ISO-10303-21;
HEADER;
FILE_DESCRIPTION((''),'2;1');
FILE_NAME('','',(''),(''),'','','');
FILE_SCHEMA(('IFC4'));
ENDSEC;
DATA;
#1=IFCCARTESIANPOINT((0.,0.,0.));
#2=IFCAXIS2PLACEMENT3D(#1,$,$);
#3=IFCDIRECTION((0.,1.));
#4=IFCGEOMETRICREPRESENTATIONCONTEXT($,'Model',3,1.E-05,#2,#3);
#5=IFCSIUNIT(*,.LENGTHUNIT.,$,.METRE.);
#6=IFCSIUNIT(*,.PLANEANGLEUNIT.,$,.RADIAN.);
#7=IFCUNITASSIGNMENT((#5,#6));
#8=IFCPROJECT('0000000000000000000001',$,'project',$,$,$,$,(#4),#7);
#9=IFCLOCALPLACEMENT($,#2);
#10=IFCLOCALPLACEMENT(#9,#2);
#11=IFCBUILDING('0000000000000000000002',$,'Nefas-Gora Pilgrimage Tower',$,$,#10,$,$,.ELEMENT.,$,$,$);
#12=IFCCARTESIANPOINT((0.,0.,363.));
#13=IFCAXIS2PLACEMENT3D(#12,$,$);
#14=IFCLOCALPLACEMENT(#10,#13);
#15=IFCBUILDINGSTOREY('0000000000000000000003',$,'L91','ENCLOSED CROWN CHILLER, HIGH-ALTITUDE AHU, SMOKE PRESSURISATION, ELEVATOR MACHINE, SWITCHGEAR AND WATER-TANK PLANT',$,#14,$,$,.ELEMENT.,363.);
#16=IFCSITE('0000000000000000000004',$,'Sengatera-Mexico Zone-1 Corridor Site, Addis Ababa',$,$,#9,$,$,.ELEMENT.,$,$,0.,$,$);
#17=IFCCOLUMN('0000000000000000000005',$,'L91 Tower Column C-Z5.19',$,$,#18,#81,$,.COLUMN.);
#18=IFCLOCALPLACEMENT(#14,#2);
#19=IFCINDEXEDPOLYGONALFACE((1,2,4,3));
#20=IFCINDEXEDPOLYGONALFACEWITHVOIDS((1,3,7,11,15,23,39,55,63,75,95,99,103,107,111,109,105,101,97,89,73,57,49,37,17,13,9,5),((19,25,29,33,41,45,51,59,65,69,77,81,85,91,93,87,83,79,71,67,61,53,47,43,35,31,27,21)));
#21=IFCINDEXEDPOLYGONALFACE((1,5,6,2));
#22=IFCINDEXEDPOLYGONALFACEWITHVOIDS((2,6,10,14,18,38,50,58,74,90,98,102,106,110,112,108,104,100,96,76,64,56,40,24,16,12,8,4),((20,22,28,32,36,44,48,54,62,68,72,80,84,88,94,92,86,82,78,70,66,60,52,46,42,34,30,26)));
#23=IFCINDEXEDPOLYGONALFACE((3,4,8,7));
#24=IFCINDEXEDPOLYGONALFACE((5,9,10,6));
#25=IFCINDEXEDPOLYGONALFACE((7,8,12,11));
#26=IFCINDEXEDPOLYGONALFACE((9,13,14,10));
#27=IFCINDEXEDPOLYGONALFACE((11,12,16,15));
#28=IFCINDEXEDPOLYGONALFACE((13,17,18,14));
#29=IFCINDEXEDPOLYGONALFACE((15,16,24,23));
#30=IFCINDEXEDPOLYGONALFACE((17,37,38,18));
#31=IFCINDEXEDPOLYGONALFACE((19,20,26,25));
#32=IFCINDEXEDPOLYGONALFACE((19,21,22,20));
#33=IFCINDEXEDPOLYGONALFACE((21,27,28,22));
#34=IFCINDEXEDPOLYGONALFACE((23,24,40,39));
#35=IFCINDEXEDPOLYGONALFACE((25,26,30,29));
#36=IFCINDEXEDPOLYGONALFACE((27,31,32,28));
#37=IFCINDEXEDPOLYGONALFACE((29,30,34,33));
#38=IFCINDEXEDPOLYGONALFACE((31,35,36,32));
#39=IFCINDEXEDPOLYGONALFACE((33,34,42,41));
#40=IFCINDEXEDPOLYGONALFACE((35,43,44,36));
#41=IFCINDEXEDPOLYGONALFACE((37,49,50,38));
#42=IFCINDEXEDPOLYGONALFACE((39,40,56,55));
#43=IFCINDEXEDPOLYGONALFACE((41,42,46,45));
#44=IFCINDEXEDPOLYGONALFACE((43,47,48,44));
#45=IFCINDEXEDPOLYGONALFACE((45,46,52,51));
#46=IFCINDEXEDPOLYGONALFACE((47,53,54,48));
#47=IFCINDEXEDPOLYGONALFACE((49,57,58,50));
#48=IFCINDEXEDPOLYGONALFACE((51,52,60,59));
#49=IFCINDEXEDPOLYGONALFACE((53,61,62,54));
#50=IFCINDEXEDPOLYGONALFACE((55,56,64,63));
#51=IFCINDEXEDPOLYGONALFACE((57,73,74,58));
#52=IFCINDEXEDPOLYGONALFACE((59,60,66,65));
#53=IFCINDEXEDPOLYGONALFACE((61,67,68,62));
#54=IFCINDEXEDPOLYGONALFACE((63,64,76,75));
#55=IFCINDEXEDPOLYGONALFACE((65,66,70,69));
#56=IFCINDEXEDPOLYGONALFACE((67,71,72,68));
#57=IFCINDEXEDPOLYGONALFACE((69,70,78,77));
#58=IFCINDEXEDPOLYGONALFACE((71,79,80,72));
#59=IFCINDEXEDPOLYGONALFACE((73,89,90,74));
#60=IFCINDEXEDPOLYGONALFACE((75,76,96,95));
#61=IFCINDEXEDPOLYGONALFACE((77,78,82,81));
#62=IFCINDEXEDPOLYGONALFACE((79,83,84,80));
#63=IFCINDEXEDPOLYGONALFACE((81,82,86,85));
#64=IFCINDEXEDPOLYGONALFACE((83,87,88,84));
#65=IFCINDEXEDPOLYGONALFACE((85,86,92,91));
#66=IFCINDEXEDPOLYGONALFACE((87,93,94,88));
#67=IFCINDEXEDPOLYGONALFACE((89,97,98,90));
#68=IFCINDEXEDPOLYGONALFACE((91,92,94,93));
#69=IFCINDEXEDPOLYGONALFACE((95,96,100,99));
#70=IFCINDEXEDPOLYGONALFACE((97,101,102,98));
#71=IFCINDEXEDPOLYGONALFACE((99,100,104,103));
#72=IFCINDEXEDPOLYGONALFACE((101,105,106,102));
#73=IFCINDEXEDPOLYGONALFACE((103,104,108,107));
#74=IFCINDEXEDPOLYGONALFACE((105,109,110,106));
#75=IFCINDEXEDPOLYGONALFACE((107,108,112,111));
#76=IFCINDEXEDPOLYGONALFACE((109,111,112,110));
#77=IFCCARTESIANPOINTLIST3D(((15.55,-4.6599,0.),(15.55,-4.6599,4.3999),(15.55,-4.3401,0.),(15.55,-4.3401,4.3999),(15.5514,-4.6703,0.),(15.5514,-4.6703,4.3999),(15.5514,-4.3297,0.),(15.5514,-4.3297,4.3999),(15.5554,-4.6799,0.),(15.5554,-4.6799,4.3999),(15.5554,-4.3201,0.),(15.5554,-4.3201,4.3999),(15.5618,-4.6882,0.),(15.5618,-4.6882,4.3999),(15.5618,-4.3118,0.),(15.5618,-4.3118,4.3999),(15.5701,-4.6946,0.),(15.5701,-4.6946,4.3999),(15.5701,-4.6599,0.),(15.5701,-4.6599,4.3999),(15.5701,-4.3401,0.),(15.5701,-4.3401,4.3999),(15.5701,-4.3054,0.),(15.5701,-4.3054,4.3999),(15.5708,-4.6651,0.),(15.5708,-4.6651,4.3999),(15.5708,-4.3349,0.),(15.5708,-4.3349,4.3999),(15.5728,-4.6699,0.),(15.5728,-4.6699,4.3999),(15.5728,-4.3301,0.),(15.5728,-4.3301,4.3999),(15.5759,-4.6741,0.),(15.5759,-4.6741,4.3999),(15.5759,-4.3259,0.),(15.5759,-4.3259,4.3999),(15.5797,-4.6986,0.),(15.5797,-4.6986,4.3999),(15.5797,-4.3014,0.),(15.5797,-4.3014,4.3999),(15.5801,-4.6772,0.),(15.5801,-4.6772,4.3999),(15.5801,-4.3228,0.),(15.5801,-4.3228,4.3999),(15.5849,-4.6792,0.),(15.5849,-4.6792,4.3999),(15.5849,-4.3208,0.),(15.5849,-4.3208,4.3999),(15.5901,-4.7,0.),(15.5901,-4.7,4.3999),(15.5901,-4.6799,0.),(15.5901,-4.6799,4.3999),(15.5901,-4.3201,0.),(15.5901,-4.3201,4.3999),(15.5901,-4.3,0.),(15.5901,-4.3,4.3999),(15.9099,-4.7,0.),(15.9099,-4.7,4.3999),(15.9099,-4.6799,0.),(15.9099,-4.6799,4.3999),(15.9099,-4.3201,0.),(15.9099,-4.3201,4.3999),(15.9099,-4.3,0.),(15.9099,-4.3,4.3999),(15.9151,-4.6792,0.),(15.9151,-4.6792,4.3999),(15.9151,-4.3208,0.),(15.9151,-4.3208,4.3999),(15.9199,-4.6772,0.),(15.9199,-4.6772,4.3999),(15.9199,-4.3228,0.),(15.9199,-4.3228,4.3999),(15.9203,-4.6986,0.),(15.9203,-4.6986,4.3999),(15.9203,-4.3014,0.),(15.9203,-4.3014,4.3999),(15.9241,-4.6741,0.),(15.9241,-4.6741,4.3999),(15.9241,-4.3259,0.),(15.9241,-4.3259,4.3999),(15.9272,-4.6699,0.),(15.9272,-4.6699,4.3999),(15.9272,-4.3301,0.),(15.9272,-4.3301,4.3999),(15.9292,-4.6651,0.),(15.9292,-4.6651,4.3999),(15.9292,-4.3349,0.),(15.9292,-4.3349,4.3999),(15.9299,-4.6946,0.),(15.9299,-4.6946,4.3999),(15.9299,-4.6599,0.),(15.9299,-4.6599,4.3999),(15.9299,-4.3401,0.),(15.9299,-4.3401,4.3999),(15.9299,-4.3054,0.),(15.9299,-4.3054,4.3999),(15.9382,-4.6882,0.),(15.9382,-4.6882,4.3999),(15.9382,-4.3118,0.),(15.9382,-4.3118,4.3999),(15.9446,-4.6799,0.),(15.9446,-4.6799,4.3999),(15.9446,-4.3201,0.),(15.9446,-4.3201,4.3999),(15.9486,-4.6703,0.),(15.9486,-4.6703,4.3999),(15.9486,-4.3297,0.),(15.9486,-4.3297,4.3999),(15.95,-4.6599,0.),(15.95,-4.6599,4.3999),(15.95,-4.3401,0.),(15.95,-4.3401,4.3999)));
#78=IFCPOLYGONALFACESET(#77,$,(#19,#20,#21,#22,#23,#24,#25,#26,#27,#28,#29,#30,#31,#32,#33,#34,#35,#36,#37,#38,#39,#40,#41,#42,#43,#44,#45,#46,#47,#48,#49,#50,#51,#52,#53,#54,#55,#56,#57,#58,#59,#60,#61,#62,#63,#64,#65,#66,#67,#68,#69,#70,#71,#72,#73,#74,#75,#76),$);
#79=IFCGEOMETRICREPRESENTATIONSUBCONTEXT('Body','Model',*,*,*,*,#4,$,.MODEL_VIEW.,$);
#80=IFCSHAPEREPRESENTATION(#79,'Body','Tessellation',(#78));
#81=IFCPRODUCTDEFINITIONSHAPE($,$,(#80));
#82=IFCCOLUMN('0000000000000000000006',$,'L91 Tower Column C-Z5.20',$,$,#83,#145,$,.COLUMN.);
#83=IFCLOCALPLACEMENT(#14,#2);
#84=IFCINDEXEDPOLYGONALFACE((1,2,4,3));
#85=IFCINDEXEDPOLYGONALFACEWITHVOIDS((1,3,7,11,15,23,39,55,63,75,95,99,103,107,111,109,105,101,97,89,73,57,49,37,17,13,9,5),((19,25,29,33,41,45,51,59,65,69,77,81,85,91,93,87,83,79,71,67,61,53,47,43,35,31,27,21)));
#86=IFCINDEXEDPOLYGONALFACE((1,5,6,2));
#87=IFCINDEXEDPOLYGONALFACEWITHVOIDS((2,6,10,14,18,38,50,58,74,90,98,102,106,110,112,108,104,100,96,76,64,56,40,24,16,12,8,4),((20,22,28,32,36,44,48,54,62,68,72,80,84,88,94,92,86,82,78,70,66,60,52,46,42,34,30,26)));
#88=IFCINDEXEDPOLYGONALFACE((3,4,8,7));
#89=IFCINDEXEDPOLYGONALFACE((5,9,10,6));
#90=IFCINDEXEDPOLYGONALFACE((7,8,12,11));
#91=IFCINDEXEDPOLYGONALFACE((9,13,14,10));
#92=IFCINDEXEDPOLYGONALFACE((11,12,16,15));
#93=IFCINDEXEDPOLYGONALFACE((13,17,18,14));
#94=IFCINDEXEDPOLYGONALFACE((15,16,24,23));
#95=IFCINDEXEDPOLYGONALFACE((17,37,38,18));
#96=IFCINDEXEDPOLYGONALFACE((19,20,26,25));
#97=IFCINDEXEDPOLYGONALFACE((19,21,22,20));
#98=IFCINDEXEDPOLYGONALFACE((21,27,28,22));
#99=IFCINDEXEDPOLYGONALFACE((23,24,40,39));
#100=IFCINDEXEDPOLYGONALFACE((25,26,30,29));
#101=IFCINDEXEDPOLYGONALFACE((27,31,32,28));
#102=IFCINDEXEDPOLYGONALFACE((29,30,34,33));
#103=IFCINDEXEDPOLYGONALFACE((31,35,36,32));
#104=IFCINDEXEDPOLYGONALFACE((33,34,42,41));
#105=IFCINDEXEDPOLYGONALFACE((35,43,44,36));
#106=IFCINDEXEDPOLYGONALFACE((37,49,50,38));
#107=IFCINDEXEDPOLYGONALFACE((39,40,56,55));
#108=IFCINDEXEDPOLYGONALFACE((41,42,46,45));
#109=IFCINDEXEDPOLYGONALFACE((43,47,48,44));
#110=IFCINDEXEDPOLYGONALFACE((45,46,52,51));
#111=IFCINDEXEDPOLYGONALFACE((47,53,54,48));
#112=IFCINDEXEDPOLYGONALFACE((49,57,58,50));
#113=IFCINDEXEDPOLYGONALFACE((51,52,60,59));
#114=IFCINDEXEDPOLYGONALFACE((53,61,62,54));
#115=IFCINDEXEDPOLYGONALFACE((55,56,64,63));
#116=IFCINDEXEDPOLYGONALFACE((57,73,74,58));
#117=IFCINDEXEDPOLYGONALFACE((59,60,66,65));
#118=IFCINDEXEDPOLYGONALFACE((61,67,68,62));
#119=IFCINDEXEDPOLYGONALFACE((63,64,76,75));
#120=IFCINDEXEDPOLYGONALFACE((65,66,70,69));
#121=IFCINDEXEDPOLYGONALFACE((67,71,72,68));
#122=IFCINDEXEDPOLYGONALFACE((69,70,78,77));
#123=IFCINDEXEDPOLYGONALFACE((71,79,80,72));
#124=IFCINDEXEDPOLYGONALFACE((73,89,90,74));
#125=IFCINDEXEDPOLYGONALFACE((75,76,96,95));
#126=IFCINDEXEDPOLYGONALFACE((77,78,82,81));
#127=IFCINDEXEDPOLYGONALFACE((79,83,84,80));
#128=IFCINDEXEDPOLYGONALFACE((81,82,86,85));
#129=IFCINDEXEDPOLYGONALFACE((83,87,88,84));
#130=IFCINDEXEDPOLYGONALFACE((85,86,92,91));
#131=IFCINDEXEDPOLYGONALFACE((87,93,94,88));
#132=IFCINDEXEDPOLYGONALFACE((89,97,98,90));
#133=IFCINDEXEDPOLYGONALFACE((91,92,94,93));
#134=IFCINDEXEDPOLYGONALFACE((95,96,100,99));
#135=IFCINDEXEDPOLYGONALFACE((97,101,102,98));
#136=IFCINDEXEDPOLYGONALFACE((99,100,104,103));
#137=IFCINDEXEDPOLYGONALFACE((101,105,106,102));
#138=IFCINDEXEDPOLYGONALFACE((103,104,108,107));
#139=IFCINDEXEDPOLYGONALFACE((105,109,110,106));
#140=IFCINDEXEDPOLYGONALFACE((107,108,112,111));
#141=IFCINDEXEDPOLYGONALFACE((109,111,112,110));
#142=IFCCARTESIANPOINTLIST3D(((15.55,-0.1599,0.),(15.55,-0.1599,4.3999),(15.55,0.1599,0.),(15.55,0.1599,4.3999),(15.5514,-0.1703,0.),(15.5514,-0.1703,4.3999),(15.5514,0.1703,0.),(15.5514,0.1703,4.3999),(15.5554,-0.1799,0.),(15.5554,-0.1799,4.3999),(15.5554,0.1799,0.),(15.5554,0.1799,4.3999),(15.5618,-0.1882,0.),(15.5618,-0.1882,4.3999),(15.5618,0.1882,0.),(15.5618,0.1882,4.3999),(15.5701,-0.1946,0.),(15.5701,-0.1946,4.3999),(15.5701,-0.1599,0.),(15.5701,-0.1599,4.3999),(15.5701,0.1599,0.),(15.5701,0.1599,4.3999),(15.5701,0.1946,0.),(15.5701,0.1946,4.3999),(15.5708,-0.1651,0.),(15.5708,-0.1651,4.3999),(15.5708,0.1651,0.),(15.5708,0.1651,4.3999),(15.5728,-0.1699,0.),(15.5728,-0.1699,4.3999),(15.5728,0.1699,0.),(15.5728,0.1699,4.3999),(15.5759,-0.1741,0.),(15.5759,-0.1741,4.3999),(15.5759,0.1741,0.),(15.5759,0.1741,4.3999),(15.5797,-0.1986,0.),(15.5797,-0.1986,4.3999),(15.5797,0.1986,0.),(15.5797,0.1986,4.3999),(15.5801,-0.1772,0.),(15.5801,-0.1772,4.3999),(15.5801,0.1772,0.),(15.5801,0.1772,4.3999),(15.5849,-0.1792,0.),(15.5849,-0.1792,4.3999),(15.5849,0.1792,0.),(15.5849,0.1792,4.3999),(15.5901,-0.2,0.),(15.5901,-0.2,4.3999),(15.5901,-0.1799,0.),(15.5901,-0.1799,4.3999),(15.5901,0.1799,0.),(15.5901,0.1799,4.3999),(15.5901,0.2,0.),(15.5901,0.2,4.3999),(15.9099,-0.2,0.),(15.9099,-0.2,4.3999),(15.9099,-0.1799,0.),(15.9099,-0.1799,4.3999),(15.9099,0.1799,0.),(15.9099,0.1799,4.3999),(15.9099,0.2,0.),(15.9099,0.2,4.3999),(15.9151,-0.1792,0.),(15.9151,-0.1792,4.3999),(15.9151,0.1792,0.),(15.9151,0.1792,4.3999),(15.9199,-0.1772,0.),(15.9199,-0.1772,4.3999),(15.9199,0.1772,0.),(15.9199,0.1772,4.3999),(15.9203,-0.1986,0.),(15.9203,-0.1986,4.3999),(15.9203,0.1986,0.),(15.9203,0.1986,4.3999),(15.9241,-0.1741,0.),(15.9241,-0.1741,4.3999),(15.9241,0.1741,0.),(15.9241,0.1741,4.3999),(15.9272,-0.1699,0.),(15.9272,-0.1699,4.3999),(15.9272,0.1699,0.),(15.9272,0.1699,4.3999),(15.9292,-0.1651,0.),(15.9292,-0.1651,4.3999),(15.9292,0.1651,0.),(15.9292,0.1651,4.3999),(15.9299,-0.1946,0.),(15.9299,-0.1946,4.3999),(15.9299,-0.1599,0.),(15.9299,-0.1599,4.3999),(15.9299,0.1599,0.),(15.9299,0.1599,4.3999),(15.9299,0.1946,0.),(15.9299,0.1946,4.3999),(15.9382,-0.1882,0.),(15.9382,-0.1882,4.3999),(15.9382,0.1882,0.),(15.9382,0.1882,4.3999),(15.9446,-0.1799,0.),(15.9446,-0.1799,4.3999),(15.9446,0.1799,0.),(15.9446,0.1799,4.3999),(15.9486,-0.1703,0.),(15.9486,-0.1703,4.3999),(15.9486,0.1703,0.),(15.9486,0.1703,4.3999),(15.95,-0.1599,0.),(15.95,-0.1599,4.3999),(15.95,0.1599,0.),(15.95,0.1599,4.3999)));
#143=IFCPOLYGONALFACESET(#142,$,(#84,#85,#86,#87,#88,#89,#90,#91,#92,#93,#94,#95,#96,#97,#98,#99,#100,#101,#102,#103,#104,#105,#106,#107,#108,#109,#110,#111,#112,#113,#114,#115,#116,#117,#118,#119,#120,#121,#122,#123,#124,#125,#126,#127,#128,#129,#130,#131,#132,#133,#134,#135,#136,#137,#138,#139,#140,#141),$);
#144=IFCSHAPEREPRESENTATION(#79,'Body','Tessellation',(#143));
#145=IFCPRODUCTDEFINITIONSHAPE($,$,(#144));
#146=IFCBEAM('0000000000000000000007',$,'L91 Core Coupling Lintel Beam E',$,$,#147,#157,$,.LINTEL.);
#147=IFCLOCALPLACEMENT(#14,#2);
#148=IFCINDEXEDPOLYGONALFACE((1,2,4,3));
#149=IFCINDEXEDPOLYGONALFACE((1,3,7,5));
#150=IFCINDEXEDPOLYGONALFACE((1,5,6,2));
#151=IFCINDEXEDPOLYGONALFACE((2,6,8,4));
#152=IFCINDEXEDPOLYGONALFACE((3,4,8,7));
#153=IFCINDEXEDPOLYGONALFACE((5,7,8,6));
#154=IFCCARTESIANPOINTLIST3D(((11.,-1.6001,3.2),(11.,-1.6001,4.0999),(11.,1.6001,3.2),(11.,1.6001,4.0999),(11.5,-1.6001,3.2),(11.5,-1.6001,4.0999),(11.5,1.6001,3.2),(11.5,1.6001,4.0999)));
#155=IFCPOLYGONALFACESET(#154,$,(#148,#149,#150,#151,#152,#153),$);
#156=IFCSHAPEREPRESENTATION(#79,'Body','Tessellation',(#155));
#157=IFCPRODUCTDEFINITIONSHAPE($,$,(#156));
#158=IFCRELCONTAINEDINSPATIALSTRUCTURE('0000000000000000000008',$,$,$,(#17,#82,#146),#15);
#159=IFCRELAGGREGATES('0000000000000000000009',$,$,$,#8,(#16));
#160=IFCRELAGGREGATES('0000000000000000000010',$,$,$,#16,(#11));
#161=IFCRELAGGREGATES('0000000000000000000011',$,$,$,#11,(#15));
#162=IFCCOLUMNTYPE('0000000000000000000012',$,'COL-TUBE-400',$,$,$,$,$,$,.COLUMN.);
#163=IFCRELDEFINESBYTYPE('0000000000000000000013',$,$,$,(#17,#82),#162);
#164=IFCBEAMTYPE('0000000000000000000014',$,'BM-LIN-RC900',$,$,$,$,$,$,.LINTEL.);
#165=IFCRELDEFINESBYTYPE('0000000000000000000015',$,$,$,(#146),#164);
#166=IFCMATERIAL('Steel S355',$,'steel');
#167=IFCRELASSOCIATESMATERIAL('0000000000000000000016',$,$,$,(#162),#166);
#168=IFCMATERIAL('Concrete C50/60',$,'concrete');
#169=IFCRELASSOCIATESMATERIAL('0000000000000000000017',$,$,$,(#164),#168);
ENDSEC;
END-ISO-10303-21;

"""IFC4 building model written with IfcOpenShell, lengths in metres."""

from ifc_helpers import new_model, si_unit, direction, frame, origin, origin_2d, place, context, subcontext, project, spatial, rectangle, hollow_rectangle, extrude, source, transform, mapped, material, material_profile, profile_set, type_object, element, save


model = new_model("IFC4")

# Units and contexts
model_context = context("Model", 3, precision=1e-05, world=origin(), true_north=direction((0.0, 1.0)))
body_context = subcontext(model_context, "Body", "Model", "MODEL_VIEW")
ifc_project = project(units=[si_unit("LENGTHUNIT", "METRE"), si_unit("PLANEANGLEUNIT", "RADIAN")], contexts=[model_context])

# Site, building, storey
site_placement = place(None, origin())
site = spatial("IfcSite", under=ifc_project, at=site_placement, Name="Sengatera-Mexico Zone-1 Corridor Site, Addis Ababa", CompositionType="ELEMENT", RefElevation=0.0)
building_placement = place(site_placement, origin())
building = spatial("IfcBuilding", under=site, at=building_placement, Name="Nefas-Gora Pilgrimage Tower", CompositionType="ELEMENT")
storey_placement = place(building_placement, frame((0.0, 0.0, 363.0)))
storey = spatial("IfcBuildingStorey", under=building, at=storey_placement, Name="L91", Description="ENCLOSED CROWN CHILLER, HIGH-ALTITUDE AHU, SMOKE PRESSURISATION, ELEVATOR MACHINE, SWITCHGEAR AND WATER-TANK PLANT", CompositionType="ELEMENT", Elevation=363.0)

# Columns
ifc_material_1 = material(Name="Steel S355", Category="steel")
ifc_material_profile_1 = material_profile(ifc_material_1, hollow_rectangle(XDim=0.3999, YDim=0.3999, WallThickness=0.02, InnerFilletRadius=0.02, OuterFilletRadius=0.04, at=origin_2d()), Name="SHS 400x400x20")
ifc_profile_set_1 = profile_set([ifc_material_profile_1], Name="Steel S355")
column_type = type_object("IfcColumnType", Name="COL-TUBE-400", PredefinedType="COLUMN", material=ifc_profile_set_1)
shared_shape_1 = source(origin(), body_context, "Body", "SweptSolid", [
    extrude(hollow_rectangle(XDim=0.3999, YDim=0.3999, WallThickness=0.02, InnerFilletRadius=0.02, OuterFilletRadius=0.04, at=origin_2d()), origin(), (0.0, 0.0, 1.0), 4.3999),
])
for number, where, z_axis, x_axis, name in (
    (1, (15.75, -4.5, 0.0), (0.0, 0.0, 1.0), (1.0, 0.0, 0.0), "L91 Tower Column C-Z5.19"),
    (2, (15.75, 0.0, 0.0), (0.0, 0.0, 1.0), (1.0, 0.0, 0.0), "L91 Tower Column C-Z5.20"),
):
    element("IfcColumn", number, at=place(storey_placement, frame(where, z_axis=z_axis, x_axis=x_axis)), inside=storey, type_object=column_type, Name=name, PredefinedType="COLUMN", context=body_context, shape_type="MappedRepresentation", body=[
        mapped(shared_shape_1, transform((0.0, 0.0, 0.0), x_axis=(1.0, 0.0, 0.0), y_axis=(0.0, 1.0, 0.0), z_axis=(0.0, 0.0, 1.0), scale=1.0)),
    ])

# Beam
ifc_material_2 = material(Name="Concrete C50/60", Category="concrete")
ifc_material_profile_2 = material_profile(ifc_material_2, rectangle(XDim=0.5, YDim=0.8999, at=origin_2d()), Name="RC 500x900")
ifc_profile_set_2 = profile_set([ifc_material_profile_2], Name="Concrete C50/60")
beam_type_1 = type_object("IfcBeamType", Name="BM-LIN-RC900", PredefinedType="LINTEL", material=ifc_profile_set_2)
shared_shape_2 = source(origin(), body_context, "Body", "SweptSolid", [
    extrude(rectangle(XDim=0.5, YDim=0.8999, at=origin_2d()), origin(), (0.0, 0.0, 1.0), 3.2002),
])
beam_1_placement = place(storey_placement, frame((11.25, -1.6001, 3.6499), z_axis=(0.0, 1.0, 0.0), x_axis=(-1.0, 0.0, 0.0)))
element("IfcBeam", 3, at=beam_1_placement, inside=storey, type_object=beam_type_1, Name="L91 Core Coupling Lintel Beam E", PredefinedType="LINTEL", context=body_context, shape_type="MappedRepresentation", body=[
    mapped(shared_shape_2, transform((0.0, 0.0, 0.0), x_axis=(1.0, 0.0, 0.0), y_axis=(0.0, 1.0, 0.0), z_axis=(0.0, 0.0, 1.0), scale=1.0)),
])

save(model, "model.ifc")
